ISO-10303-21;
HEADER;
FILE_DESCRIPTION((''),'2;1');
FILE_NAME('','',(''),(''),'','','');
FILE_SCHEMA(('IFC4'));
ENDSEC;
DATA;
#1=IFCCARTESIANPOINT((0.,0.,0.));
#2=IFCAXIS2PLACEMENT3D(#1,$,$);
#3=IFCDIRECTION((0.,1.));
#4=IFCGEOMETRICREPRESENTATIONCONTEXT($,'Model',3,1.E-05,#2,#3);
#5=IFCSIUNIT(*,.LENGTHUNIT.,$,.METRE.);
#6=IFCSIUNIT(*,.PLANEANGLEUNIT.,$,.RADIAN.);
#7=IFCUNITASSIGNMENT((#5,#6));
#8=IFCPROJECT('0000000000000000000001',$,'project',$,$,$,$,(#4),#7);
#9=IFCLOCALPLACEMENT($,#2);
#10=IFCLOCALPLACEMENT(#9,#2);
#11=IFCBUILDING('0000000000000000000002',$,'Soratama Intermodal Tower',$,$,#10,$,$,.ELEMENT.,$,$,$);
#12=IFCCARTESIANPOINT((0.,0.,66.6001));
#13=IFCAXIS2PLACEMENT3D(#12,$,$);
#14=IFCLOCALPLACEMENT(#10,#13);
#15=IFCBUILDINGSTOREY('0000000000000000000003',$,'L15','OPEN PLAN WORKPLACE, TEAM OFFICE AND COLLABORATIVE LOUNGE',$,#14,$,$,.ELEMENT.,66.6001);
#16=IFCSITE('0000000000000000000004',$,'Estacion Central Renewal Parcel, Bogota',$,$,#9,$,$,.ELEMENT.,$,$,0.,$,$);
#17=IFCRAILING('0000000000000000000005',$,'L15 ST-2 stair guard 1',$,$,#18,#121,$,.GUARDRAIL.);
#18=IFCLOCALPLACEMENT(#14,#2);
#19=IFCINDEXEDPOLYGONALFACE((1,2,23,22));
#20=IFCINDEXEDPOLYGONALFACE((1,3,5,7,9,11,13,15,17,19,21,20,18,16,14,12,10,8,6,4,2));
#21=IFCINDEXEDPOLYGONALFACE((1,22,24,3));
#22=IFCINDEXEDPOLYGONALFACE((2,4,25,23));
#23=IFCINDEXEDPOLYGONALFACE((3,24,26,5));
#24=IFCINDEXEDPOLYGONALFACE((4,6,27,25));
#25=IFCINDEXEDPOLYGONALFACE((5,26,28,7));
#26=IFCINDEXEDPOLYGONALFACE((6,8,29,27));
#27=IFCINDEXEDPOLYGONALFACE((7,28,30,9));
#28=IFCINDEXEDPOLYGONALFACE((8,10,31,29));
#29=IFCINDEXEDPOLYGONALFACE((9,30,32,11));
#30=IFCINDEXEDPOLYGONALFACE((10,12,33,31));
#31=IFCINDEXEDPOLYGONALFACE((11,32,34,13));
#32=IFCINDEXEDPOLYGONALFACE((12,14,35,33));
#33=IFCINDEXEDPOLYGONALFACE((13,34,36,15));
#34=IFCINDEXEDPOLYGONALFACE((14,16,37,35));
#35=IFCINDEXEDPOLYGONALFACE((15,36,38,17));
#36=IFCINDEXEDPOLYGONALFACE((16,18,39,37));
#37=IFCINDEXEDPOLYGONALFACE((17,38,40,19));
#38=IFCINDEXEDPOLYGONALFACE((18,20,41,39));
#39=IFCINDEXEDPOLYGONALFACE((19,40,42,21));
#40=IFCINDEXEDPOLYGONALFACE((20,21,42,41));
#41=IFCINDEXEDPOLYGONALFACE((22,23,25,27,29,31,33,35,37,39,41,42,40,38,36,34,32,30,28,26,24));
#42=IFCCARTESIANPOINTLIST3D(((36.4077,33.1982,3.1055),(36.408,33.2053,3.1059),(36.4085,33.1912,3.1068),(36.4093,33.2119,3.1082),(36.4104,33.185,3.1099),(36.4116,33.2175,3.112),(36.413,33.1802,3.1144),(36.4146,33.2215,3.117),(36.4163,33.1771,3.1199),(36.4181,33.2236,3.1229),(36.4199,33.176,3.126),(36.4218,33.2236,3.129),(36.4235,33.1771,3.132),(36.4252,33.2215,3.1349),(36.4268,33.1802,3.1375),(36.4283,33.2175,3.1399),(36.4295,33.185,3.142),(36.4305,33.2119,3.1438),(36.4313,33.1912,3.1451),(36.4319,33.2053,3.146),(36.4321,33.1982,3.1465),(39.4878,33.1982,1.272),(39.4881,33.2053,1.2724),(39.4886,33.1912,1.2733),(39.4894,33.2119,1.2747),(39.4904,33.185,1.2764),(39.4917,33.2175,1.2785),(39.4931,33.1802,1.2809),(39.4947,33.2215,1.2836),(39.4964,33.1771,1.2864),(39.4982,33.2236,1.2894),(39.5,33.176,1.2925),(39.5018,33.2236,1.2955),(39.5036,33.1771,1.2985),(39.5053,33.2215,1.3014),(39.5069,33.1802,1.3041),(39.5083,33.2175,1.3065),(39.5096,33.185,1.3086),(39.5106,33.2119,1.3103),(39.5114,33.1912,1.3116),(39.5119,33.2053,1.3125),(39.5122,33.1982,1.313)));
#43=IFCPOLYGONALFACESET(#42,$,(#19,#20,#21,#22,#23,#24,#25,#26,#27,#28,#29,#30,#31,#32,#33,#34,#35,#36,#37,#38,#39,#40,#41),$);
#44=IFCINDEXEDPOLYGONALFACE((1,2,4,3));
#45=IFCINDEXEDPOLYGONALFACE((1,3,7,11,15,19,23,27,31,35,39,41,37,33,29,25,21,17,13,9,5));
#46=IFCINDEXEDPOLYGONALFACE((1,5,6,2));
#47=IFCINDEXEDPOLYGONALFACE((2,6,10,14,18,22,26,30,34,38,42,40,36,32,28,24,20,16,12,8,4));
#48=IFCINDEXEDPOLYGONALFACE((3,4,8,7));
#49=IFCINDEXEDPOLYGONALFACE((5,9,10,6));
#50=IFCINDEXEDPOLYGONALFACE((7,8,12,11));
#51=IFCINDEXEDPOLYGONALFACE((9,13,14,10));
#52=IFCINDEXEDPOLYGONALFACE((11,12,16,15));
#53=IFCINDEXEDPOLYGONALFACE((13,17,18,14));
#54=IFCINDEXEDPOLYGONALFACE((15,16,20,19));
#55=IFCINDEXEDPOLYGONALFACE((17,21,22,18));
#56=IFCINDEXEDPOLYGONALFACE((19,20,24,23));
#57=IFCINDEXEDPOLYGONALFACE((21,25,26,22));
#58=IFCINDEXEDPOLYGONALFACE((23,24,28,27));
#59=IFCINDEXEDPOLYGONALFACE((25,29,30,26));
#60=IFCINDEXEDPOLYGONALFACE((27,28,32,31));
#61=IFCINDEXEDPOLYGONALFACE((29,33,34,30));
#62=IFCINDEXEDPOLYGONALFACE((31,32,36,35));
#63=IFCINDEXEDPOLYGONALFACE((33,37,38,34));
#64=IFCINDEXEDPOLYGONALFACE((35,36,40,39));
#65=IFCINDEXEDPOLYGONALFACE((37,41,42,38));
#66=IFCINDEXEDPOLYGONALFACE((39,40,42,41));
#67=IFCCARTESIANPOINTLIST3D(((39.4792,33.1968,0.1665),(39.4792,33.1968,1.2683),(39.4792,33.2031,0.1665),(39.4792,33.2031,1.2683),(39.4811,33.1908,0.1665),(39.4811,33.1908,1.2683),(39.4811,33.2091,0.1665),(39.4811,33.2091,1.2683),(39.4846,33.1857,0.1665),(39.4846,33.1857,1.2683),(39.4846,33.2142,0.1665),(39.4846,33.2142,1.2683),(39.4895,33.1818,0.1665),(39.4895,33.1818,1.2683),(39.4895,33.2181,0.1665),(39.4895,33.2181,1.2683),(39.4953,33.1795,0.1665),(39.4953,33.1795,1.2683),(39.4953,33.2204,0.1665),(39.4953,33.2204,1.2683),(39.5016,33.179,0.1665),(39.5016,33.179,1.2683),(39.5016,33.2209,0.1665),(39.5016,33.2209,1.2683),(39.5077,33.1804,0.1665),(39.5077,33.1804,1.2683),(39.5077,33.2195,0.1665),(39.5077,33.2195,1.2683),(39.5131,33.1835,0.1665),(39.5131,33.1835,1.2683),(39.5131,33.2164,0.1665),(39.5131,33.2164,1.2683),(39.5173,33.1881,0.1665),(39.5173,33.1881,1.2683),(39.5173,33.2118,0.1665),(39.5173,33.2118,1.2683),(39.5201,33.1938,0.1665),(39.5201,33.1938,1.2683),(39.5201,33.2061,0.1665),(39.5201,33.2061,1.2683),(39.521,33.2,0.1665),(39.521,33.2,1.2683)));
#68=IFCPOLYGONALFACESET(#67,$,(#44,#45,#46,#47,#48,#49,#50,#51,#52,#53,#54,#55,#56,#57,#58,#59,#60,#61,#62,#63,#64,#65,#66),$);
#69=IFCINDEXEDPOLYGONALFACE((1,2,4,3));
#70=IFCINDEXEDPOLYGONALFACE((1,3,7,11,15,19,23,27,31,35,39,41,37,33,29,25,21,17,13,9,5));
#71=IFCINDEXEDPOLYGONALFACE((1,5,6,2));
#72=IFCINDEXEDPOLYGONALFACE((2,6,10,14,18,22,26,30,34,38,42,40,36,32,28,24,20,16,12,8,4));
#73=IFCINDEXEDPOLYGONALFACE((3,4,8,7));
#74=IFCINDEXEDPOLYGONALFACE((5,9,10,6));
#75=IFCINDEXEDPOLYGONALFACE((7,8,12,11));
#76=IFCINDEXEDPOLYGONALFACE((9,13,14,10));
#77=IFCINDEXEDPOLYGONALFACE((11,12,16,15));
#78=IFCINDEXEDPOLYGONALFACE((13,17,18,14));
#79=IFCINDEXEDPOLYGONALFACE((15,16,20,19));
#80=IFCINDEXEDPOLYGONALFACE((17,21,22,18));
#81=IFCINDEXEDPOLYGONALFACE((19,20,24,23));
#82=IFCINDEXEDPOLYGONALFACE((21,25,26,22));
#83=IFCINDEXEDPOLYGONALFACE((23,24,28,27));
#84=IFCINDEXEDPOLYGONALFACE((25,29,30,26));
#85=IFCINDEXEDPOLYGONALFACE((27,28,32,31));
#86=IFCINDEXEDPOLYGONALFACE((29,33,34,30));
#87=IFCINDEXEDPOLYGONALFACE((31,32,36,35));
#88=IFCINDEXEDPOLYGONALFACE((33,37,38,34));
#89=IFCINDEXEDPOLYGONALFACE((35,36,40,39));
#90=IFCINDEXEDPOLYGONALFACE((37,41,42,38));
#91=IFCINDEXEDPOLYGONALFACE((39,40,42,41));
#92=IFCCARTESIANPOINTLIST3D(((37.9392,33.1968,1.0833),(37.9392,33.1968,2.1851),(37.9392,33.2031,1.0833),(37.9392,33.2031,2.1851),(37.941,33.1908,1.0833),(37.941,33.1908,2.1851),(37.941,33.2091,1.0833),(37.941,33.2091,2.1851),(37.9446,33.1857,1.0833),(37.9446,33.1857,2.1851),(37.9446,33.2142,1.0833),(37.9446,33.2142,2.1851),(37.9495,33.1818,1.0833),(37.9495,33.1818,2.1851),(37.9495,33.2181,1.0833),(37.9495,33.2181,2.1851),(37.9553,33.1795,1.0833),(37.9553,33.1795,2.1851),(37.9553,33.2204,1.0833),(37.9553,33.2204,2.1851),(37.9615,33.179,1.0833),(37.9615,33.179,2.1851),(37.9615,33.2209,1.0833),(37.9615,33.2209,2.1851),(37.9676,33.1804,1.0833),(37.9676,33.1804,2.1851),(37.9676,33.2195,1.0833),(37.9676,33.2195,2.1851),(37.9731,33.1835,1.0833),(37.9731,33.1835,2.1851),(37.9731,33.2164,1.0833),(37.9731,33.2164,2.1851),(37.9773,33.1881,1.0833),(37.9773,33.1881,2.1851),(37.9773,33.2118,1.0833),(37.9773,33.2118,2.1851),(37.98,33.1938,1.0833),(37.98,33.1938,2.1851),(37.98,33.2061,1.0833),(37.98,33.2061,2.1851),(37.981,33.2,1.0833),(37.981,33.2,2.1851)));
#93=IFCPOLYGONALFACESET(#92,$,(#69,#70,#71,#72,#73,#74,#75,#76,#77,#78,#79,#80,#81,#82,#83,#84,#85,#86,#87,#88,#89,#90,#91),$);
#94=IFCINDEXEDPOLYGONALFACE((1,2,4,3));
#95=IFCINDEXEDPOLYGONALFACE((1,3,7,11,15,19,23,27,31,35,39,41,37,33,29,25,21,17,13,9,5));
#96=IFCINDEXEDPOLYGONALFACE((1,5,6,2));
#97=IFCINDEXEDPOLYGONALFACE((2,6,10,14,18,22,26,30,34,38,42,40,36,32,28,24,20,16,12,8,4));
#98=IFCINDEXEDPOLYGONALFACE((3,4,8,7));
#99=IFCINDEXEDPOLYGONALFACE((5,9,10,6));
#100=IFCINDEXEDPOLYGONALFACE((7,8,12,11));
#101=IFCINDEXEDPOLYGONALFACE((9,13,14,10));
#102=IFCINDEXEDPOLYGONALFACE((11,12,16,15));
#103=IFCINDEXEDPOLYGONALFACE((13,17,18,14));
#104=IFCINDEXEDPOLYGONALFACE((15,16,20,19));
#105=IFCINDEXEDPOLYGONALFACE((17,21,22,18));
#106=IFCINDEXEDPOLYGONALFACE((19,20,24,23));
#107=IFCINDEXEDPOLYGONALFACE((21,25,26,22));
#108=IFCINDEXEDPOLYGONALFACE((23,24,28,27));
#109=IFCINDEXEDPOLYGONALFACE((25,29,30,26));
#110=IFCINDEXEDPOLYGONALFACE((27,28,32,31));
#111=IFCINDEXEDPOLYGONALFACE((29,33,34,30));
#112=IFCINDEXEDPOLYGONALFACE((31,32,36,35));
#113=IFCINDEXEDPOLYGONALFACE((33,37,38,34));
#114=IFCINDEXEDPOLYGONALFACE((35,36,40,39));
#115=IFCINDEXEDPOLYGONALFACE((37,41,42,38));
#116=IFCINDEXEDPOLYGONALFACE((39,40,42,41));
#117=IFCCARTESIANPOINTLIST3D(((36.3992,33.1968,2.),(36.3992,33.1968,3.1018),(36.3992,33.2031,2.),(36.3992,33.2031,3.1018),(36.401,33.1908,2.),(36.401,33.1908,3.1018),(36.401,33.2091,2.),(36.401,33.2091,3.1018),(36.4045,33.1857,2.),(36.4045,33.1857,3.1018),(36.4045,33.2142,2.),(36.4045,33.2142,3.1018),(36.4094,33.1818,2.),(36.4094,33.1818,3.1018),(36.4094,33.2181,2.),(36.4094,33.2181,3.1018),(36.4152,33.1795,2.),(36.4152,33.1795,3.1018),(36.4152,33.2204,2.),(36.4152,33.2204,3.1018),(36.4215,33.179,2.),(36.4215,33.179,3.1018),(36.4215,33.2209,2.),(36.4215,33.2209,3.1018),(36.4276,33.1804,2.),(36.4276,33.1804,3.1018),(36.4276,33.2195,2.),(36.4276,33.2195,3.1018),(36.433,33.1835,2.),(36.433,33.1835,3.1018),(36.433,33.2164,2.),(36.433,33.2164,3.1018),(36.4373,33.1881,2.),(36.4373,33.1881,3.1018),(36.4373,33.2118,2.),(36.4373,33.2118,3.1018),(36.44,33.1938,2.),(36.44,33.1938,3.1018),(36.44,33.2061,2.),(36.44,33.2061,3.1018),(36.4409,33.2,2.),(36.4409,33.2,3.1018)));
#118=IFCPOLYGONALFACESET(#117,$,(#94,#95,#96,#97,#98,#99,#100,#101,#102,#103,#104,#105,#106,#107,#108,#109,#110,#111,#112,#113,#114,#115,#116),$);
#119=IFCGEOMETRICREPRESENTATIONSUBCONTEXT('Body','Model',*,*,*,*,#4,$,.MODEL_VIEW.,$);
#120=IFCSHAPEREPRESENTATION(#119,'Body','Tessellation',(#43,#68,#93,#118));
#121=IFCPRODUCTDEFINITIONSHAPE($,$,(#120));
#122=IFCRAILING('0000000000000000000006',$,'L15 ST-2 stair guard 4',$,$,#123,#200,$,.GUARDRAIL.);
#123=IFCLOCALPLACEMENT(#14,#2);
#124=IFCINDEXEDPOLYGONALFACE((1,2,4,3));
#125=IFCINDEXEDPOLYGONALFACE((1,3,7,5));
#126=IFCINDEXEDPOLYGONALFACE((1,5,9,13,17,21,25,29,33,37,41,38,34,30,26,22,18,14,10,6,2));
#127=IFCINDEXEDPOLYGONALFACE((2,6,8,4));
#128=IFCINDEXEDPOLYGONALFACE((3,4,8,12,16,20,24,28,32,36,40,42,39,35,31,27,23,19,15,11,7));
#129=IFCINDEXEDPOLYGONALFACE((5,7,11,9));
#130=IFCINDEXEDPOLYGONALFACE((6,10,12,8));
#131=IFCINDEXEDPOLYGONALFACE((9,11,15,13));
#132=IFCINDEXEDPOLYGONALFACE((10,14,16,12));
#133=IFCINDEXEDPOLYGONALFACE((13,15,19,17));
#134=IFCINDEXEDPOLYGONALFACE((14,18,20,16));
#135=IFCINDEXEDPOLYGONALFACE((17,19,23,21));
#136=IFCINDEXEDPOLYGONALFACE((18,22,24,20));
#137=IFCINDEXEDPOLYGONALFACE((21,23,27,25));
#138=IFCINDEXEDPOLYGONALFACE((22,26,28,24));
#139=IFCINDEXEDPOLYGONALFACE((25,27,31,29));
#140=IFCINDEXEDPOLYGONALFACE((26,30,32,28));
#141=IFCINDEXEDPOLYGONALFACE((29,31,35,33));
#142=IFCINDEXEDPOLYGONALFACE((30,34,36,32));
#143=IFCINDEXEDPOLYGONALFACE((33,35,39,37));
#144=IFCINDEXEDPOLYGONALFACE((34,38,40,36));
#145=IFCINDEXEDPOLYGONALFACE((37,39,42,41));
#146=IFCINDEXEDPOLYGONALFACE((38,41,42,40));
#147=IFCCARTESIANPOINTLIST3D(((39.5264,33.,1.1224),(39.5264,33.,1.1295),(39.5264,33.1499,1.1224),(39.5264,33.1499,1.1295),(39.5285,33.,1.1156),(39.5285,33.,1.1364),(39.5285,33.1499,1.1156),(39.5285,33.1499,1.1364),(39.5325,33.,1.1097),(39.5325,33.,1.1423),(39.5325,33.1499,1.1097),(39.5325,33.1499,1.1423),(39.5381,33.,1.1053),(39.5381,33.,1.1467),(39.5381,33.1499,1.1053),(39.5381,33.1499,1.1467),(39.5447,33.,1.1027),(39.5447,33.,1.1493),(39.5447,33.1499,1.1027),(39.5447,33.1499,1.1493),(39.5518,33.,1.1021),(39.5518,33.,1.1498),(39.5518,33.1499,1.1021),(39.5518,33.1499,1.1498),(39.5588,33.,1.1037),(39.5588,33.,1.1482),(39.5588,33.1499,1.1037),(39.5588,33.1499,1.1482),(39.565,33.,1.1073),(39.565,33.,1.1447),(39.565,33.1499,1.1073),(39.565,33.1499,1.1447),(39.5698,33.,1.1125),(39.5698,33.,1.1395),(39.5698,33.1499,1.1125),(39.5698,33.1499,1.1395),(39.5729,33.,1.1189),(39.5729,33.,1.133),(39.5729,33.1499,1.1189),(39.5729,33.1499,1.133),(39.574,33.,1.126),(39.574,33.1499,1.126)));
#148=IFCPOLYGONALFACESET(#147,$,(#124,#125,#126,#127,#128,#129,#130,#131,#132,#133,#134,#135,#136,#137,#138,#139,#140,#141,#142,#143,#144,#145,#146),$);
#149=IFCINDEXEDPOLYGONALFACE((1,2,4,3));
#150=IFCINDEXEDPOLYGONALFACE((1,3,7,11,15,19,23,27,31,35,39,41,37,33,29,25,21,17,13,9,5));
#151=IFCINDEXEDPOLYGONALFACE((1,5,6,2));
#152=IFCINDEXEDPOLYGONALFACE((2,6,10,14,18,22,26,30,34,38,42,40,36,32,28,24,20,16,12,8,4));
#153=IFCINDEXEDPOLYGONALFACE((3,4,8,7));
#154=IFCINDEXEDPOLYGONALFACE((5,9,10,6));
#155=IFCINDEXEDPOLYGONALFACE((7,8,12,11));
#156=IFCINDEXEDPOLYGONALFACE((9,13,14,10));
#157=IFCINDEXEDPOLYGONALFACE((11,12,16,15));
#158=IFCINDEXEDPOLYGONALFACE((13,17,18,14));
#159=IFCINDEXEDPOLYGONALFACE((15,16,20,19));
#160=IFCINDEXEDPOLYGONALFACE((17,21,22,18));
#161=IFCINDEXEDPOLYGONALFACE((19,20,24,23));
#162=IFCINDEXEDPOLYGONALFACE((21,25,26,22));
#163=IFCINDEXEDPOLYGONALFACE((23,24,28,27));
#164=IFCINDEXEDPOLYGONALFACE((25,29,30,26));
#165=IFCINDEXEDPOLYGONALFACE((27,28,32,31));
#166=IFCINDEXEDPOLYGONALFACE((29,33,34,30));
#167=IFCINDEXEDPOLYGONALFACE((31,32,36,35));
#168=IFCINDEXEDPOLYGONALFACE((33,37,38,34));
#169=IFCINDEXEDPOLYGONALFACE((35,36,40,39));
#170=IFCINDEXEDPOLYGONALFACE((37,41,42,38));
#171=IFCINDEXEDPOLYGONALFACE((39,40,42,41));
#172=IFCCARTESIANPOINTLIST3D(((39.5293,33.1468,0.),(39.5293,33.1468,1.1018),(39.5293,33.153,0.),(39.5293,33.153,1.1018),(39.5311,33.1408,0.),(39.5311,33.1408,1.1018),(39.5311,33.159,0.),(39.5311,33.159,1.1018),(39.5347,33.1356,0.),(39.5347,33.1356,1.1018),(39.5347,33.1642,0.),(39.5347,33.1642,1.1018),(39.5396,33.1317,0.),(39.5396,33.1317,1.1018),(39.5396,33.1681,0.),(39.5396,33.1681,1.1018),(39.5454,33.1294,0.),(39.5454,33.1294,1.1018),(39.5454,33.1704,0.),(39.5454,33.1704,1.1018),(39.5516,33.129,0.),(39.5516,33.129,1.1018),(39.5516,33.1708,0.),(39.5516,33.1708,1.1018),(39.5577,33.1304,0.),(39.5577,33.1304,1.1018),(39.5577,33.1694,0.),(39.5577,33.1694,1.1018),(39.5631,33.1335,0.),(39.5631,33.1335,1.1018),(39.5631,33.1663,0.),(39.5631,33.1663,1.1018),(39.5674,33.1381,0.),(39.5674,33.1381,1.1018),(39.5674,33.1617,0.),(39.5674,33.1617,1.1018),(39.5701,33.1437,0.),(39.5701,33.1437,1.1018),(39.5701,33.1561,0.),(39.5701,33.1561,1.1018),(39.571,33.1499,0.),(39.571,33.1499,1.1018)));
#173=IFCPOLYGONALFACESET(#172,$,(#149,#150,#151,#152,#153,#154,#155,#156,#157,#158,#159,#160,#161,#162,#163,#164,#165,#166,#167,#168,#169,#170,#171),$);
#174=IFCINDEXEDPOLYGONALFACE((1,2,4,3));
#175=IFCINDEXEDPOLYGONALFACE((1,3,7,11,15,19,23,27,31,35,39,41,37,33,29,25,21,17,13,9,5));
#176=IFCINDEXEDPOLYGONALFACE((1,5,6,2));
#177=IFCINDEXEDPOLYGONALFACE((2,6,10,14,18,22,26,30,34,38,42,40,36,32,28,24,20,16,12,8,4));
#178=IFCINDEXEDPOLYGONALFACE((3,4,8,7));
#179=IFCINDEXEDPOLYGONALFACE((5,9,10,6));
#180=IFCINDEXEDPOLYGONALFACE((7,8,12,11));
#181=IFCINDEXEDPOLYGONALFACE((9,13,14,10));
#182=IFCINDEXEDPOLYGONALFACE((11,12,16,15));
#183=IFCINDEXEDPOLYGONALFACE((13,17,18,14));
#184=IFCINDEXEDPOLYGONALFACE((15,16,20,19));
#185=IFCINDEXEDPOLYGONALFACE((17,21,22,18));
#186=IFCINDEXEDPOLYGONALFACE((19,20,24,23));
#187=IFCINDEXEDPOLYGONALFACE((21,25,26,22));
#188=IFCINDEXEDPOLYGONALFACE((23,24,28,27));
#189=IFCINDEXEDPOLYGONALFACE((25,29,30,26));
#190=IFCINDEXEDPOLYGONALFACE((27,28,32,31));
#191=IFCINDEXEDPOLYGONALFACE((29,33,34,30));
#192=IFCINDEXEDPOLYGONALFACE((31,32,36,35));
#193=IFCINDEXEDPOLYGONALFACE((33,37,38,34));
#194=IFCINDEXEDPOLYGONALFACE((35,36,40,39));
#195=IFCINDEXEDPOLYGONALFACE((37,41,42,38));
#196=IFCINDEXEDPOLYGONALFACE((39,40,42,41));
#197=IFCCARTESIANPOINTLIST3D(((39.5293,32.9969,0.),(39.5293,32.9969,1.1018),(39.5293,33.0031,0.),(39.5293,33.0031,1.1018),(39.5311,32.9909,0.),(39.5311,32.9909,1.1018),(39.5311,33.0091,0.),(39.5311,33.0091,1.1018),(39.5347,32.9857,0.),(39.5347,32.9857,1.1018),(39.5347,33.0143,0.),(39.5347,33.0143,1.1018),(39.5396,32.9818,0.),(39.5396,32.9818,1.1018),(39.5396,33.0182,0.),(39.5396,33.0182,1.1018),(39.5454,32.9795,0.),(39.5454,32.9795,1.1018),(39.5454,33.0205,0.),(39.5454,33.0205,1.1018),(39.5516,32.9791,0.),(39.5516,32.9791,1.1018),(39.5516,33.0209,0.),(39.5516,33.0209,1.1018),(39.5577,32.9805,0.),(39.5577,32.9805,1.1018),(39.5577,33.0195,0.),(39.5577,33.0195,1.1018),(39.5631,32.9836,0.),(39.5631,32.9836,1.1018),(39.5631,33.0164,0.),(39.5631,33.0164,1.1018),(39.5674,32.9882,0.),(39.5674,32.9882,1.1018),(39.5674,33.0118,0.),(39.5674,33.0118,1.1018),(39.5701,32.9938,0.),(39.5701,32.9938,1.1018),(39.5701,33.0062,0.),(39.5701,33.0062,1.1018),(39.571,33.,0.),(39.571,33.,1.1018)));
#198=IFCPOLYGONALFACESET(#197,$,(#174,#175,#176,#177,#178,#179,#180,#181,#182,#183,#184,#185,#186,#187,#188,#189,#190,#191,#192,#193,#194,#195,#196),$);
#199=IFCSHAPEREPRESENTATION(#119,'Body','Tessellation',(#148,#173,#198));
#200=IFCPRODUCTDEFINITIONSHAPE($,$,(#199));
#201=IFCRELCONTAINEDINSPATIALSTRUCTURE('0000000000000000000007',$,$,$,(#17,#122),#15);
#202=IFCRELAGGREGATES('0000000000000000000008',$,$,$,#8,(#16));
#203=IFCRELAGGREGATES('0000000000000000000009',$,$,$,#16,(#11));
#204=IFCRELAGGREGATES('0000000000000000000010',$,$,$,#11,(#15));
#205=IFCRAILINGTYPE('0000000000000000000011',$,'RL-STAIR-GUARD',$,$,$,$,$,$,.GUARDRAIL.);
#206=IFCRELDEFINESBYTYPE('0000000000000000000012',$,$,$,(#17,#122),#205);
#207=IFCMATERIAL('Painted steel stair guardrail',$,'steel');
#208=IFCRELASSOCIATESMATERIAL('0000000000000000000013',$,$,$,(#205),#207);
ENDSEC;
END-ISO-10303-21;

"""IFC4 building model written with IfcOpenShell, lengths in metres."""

from ifc_helpers import new_model, si_unit, direction, frame, origin, origin_2d, place, context, subcontext, project, spatial, circle, extrude, material, type_object, element, save


model = new_model("IFC4")

# Units and contexts
model_context = context("Model", 3, precision=1e-05, world=origin(), true_north=direction((0.0, 1.0)))
body_context = subcontext(model_context, "Body", "Model", "MODEL_VIEW")
ifc_project = project(units=[si_unit("LENGTHUNIT", "METRE"), si_unit("PLANEANGLEUNIT", "RADIAN")], contexts=[model_context])

# Site, building, storey
site_placement = place(None, origin())
site = spatial("IfcSite", under=ifc_project, at=site_placement, Name="Estacion Central Renewal Parcel, Bogota", CompositionType="ELEMENT", RefElevation=0.0)
building_placement = place(site_placement, origin())
building = spatial("IfcBuilding", under=site, at=building_placement, Name="Soratama Intermodal Tower", CompositionType="ELEMENT")
storey_placement = place(building_placement, frame((0.0, 0.0, 66.6001)))
storey = spatial("IfcBuildingStorey", under=building, at=storey_placement, Name="L15", Description="OPEN PLAN WORKPLACE, TEAM OFFICE AND COLLABORATIVE LOUNGE", CompositionType="ELEMENT", Elevation=66.6001)

# Railings
ifc_material_1 = material(Name="Painted steel stair guardrail", Category="steel")
railing_type_1 = type_object("IfcRailingType", Name="RL-STAIR-GUARD", PredefinedType="GUARDRAIL", material=ifc_material_1)
railing_1_placement = place(storey_placement, frame((39.5, 33.2, 0.1665)))
element("IfcRailing", 1, at=railing_1_placement, inside=storey, type_object=railing_type_1, Name="L15 ST-2 stair guard 1", PredefinedType="GUARDRAIL", context=body_context, shape_type="SweptSolid", body=[
    extrude(circle(Radius=0.0239, at=origin_2d()), frame((0.0, 0.0, 1.126), z_axis=(-0.859279, 0.0, 0.511508), x_axis=(0.0, -1.0, 0.0)), (0.0, 0.0, 1.0), 3.5845),
    extrude(circle(Radius=0.021, at=origin_2d()), origin(), (0.0, 0.0, 1.0), 1.1018),
    extrude(circle(Radius=0.021, at=origin_2d()), frame((-1.54, 0.0, 0.9167)), (0.0, 0.0, 1.0), 1.1018),
    extrude(circle(Radius=0.021, at=origin_2d()), frame((-3.0801, 0.0, 1.8335)), (0.0, 0.0, 1.0), 1.1018),
])
railing_2_placement = place(storey_placement, frame((39.55, 33.1499, 0.0)))
element("IfcRailing", 2, at=railing_2_placement, inside=storey, type_object=railing_type_1, Name="L15 ST-2 stair guard 4", PredefinedType="GUARDRAIL", context=body_context, shape_type="SweptSolid", body=[
    extrude(circle(Radius=0.0239, at=origin_2d()), frame((0.0, 0.0, 1.126), z_axis=(0.0, -1.0, 0.0), x_axis=(1.0, 0.0, 0.0)), (0.0, 0.0, 1.0), 0.1499),
    extrude(circle(Radius=0.021, at=origin_2d()), origin(), (0.0, 0.0, 1.0), 1.1018),
    extrude(circle(Radius=0.021, at=origin_2d()), frame((0.0, -0.1499, 0.0)), (0.0, 0.0, 1.0), 1.1018),
])

save(model, "model.ifc")
